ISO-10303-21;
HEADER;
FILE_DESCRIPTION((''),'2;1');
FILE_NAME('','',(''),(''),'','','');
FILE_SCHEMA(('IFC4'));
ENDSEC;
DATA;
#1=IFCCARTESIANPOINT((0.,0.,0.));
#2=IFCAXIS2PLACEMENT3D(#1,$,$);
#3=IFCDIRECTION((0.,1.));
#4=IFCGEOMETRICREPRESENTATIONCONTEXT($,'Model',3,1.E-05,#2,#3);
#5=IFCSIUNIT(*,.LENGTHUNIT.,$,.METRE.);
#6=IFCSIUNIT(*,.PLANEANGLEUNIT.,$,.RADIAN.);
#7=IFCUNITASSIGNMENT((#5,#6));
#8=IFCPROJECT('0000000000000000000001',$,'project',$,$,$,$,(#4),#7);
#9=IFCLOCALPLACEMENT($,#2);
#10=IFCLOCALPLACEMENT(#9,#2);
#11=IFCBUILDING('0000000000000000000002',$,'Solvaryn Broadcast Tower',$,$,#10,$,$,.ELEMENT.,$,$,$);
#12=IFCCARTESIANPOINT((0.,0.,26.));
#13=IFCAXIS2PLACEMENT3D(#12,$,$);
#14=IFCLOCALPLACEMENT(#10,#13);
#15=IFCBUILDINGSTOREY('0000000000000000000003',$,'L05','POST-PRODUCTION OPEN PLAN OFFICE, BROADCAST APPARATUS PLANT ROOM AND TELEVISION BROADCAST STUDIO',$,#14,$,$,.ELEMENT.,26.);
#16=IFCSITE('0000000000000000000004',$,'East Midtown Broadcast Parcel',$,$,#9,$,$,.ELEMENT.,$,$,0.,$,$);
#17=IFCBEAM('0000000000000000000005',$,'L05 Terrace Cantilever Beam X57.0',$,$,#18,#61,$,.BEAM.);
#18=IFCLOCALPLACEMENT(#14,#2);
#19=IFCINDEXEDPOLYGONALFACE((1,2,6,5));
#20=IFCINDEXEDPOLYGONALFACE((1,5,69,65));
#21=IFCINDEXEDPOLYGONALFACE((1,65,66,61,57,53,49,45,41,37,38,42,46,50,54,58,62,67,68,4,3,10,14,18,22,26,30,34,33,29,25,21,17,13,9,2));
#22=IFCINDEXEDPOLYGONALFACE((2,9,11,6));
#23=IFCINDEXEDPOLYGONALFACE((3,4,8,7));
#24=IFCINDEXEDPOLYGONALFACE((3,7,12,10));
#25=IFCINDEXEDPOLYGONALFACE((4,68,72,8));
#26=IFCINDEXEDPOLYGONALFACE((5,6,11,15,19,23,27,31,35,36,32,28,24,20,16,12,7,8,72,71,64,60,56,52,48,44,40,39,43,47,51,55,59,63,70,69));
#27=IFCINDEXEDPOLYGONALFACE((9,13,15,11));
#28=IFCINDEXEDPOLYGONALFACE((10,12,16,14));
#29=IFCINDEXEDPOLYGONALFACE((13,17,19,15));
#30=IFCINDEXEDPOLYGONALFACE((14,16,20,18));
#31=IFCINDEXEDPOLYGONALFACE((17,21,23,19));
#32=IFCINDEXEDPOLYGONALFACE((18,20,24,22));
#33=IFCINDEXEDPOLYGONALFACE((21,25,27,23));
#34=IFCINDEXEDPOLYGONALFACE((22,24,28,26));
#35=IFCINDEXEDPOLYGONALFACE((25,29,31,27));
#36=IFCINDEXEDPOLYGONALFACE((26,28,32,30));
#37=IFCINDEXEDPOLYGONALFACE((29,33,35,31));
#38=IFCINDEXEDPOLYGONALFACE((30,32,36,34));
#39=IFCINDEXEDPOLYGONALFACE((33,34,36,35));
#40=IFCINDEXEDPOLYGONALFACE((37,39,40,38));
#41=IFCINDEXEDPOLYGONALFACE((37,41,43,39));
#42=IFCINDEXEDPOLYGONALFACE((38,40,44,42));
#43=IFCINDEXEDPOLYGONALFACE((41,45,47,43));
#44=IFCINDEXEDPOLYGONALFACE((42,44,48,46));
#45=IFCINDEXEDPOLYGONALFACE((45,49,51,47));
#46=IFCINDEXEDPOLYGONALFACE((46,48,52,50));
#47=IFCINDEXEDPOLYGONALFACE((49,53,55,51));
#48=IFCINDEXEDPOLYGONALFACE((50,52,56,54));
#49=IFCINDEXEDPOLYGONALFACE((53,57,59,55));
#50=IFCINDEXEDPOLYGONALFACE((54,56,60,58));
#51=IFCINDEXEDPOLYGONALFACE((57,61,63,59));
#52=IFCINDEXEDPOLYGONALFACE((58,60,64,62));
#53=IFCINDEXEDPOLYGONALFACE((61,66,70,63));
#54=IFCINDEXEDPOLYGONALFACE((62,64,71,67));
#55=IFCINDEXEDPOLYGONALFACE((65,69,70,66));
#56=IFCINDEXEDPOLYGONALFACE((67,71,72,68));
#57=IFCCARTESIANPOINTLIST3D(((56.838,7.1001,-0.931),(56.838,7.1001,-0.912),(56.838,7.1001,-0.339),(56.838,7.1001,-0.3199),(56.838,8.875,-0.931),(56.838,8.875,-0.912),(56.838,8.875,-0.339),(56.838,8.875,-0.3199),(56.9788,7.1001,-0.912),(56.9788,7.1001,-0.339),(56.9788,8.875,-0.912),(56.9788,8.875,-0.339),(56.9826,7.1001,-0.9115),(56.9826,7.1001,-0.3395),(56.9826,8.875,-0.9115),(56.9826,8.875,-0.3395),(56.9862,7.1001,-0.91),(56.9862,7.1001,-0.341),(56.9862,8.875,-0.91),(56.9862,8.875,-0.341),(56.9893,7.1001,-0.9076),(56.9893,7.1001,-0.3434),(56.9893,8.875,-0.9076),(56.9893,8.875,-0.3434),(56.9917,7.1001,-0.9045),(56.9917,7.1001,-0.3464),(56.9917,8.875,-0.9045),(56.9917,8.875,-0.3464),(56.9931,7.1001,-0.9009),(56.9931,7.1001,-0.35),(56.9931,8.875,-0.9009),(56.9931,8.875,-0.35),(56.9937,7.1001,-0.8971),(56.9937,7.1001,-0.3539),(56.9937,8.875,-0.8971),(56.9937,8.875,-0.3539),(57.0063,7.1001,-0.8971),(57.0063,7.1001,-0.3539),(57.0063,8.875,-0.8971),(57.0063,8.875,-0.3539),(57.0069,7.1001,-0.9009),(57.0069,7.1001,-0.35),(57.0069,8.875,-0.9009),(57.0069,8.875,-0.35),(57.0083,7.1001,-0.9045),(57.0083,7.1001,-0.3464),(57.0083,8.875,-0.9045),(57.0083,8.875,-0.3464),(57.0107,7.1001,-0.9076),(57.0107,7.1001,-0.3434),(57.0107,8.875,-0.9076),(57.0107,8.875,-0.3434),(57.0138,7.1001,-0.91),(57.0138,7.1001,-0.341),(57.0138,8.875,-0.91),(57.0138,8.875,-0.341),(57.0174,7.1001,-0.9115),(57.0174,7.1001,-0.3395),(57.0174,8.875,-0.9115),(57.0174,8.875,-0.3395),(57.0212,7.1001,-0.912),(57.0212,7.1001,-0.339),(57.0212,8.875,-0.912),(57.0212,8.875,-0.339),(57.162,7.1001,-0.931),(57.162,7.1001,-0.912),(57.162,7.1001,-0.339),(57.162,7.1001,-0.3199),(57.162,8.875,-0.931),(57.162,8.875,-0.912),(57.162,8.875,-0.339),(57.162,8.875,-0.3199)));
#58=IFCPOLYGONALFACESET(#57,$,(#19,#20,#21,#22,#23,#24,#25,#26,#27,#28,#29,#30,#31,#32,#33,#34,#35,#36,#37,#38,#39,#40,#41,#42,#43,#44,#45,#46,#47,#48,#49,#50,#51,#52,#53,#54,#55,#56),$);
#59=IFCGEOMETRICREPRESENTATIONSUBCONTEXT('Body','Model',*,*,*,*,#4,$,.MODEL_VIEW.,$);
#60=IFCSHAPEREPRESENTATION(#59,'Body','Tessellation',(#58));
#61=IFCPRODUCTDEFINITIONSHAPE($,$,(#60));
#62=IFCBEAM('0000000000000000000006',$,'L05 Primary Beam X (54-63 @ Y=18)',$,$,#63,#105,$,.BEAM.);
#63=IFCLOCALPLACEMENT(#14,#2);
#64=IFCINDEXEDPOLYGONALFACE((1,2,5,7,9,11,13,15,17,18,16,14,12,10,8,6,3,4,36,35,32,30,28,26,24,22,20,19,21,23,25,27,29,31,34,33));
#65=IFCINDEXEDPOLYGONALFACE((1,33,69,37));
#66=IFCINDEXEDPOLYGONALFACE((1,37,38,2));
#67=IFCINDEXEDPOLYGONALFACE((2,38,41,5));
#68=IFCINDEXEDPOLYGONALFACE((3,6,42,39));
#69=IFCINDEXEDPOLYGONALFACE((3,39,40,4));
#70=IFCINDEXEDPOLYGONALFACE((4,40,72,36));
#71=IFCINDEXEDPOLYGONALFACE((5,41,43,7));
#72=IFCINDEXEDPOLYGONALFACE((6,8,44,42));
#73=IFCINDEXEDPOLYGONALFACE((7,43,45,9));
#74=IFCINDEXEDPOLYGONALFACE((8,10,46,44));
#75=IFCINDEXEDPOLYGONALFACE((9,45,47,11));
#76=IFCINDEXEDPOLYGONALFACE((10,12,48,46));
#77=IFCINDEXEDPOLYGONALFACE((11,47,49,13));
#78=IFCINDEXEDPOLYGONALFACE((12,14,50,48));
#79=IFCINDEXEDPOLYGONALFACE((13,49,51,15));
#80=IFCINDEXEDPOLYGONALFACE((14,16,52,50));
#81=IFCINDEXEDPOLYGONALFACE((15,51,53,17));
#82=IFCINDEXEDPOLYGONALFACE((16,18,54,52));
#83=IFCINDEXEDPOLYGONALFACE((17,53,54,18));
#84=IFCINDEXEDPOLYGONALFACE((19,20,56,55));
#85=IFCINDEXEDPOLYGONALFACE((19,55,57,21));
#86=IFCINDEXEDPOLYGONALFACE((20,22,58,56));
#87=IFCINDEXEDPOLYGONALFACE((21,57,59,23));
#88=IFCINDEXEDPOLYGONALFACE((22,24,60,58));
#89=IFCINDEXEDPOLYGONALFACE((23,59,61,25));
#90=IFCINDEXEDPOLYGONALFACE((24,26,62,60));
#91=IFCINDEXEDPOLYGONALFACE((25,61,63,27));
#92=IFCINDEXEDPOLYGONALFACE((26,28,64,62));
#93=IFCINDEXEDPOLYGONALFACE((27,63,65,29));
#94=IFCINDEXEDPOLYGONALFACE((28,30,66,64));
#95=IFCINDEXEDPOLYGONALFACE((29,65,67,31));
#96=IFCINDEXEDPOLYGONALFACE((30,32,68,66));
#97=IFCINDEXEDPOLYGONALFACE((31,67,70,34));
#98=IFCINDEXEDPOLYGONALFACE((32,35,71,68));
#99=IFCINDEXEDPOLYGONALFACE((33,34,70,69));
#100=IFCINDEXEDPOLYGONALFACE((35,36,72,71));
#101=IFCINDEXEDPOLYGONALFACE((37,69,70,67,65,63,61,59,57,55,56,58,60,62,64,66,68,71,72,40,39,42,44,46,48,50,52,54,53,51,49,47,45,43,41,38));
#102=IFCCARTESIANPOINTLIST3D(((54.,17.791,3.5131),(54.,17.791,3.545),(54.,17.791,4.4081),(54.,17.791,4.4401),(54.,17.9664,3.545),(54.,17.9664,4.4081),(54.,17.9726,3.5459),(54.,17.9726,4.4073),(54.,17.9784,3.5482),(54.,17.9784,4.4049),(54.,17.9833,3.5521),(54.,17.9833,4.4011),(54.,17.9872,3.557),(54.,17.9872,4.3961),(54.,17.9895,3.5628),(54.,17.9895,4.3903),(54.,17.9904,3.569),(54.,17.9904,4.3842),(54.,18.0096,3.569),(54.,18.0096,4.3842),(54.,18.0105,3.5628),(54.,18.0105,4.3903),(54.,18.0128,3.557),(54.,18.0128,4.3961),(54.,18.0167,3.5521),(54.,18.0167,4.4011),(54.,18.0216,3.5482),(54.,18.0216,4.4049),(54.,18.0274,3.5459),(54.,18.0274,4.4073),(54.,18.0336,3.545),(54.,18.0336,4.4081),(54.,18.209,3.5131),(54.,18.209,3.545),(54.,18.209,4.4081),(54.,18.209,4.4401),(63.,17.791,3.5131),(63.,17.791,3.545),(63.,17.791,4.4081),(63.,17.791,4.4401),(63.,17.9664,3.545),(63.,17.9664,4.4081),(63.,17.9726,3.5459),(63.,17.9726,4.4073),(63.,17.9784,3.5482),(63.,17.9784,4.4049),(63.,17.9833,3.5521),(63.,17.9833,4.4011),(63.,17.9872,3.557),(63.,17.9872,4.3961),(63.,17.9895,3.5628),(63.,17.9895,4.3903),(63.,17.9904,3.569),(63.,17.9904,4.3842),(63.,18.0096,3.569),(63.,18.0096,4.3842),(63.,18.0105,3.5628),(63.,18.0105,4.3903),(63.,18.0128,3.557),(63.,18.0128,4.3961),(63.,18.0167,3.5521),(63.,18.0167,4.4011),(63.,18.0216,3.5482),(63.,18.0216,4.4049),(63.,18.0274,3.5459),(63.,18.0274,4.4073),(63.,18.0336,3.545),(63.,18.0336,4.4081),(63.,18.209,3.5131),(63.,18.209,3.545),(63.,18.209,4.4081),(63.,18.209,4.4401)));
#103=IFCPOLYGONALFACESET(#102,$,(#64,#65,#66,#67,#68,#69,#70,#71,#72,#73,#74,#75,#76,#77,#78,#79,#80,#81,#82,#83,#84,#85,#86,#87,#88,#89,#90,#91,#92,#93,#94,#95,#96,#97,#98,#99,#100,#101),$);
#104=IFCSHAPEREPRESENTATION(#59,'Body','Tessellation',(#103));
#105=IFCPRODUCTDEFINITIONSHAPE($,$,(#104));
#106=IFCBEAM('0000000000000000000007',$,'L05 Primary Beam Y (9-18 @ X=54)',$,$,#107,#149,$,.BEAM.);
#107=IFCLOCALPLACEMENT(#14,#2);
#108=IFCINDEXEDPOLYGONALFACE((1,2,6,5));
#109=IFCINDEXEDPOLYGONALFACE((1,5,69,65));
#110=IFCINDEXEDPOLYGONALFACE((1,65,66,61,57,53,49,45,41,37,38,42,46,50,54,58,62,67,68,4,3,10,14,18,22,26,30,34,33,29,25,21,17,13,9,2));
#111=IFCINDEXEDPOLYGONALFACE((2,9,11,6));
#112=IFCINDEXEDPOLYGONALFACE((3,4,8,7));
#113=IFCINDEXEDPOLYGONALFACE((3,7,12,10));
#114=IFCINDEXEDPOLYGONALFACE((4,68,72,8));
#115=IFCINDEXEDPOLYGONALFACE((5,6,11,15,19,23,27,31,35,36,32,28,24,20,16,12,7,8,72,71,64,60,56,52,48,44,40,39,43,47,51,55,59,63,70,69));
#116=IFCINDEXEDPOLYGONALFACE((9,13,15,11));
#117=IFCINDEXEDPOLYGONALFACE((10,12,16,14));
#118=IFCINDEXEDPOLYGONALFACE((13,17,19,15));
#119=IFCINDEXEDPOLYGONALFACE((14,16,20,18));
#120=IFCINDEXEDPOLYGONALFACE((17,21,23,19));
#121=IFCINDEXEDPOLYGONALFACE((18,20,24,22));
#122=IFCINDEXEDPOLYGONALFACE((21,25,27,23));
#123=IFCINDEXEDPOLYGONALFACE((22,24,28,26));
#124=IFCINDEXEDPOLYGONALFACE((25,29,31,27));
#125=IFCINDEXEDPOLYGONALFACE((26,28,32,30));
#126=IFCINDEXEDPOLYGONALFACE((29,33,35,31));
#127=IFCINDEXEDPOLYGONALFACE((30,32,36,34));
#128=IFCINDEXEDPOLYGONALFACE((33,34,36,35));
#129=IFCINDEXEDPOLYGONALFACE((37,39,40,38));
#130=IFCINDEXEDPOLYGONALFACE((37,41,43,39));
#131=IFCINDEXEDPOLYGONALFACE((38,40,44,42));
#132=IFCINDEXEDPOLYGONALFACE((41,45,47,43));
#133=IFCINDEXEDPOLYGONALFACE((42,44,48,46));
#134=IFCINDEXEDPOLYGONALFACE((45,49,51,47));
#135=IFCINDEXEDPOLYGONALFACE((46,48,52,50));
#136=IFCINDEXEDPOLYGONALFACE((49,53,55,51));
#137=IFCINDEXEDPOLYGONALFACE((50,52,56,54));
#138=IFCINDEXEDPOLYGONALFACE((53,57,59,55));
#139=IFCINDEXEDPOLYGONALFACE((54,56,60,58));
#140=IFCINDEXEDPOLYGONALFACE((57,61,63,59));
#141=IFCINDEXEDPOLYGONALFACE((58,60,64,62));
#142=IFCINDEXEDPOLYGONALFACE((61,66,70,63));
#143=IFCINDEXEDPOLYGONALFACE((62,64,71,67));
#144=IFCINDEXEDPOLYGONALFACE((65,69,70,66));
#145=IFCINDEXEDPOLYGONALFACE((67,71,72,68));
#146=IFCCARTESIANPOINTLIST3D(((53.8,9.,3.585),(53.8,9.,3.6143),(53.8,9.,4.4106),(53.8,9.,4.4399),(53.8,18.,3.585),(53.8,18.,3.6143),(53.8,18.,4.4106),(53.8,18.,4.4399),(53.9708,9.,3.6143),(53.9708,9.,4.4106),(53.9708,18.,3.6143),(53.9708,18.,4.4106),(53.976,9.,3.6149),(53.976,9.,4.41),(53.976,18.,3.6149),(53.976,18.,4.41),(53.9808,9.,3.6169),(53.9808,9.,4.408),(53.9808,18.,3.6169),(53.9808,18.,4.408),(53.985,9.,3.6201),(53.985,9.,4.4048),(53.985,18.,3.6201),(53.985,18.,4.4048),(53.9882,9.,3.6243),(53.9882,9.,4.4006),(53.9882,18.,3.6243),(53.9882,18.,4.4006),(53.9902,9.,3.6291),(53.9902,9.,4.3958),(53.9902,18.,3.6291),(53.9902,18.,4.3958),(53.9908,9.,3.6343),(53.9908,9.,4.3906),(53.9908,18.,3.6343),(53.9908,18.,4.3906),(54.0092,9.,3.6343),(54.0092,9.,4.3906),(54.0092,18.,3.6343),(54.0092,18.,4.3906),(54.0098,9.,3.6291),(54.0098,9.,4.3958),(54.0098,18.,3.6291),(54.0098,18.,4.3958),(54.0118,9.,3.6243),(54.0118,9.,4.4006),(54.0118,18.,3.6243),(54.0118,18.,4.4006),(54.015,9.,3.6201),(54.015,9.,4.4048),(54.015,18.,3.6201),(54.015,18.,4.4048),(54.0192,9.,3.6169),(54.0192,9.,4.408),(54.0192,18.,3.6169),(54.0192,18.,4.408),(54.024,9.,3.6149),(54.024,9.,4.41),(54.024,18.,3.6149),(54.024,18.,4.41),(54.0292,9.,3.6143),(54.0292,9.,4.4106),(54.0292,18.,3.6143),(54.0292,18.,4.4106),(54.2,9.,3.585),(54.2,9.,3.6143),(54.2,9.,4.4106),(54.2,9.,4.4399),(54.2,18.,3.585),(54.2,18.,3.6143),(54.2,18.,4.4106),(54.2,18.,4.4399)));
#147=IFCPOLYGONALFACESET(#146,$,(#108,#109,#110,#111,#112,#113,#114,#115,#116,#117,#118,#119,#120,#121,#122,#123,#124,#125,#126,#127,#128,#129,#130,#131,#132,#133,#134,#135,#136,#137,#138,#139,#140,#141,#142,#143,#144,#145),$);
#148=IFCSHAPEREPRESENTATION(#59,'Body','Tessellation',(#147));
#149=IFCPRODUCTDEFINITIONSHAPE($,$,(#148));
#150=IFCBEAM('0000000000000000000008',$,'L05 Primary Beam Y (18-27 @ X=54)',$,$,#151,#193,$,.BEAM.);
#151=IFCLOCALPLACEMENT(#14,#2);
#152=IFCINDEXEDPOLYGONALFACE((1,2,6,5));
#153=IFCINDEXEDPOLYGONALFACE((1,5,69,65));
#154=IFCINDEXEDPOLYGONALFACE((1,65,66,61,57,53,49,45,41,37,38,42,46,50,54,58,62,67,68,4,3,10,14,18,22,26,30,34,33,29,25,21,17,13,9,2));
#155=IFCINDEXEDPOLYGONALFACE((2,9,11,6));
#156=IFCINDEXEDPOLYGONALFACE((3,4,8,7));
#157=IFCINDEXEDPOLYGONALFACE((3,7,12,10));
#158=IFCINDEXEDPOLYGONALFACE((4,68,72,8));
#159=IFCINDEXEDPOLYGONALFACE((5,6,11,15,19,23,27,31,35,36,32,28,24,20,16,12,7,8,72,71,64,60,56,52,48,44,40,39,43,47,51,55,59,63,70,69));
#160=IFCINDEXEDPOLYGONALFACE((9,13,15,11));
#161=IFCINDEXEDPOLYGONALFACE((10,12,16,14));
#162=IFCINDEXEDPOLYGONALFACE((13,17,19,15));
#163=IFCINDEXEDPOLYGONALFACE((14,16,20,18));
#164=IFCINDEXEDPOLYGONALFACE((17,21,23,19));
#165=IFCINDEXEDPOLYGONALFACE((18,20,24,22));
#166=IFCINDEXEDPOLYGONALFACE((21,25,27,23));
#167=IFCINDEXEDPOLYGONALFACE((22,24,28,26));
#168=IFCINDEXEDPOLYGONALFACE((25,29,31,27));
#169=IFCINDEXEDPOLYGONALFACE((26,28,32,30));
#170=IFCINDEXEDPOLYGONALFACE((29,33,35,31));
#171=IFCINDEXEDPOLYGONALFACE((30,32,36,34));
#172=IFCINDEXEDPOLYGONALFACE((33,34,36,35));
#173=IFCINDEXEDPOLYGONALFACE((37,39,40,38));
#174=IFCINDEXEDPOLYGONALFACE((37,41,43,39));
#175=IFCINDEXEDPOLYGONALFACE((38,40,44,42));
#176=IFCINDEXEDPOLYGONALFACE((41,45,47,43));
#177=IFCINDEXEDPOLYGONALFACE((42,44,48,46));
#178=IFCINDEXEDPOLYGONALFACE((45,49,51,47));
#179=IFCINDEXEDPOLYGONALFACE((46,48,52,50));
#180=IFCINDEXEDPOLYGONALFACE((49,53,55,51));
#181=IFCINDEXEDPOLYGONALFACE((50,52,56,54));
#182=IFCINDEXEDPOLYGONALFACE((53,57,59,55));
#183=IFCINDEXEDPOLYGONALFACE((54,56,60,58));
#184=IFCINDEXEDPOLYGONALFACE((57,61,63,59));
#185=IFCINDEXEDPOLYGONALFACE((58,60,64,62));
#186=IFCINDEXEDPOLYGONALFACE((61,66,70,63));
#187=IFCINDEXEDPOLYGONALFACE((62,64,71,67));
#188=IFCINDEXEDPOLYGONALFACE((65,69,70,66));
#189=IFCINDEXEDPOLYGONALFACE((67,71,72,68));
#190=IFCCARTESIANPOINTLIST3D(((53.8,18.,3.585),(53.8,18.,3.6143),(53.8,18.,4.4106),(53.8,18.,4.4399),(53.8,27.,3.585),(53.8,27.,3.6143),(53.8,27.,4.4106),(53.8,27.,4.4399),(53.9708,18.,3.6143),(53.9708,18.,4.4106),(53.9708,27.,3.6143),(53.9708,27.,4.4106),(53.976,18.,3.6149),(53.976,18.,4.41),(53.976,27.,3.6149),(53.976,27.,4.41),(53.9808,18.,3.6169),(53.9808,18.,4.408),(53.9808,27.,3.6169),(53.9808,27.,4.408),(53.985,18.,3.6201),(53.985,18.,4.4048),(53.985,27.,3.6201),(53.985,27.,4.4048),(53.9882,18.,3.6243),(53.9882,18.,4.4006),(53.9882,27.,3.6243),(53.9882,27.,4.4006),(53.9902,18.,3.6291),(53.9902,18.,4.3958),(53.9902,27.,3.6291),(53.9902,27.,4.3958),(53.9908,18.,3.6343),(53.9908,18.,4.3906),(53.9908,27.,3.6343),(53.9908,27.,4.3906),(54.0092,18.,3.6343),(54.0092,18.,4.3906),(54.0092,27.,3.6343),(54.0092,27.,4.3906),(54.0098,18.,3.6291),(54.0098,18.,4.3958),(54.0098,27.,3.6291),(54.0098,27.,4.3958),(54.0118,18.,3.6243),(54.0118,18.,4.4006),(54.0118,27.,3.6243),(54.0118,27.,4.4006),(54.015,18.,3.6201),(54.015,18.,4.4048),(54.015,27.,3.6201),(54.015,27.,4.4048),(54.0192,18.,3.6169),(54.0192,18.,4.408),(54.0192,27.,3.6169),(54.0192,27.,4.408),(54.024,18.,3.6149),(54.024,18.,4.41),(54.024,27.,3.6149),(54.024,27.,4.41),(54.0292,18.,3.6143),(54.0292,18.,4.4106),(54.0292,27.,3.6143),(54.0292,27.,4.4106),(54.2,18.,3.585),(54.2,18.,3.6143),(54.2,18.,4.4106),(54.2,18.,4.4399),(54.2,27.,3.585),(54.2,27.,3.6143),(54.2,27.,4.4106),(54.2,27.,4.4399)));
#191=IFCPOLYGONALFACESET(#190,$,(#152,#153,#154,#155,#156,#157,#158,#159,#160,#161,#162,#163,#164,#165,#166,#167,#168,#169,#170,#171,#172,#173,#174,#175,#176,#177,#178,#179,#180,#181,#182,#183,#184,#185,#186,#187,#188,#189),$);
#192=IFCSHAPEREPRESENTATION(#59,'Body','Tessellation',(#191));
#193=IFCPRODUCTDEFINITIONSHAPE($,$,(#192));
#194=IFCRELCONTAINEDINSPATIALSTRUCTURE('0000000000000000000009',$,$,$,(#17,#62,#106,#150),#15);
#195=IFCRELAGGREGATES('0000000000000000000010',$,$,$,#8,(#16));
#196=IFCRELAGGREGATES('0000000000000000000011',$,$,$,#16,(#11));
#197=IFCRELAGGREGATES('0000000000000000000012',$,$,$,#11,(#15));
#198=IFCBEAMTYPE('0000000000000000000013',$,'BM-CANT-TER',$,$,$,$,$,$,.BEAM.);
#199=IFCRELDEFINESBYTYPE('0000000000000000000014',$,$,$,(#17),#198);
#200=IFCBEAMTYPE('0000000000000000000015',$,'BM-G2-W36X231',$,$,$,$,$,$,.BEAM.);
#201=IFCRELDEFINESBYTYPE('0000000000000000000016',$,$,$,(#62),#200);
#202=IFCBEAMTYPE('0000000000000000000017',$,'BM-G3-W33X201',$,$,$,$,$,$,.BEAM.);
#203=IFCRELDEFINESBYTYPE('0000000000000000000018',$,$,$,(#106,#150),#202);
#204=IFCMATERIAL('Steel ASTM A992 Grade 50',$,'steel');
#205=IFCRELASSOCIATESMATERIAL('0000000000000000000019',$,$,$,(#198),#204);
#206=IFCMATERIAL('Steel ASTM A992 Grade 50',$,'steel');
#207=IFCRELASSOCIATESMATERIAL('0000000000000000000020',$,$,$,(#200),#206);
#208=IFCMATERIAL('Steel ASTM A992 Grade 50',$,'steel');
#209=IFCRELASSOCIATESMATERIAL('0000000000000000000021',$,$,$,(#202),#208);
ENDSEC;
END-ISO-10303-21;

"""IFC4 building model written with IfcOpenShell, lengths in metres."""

from ifc_helpers import new_model, si_unit, direction, frame, origin, origin_2d, place, context, subcontext, project, spatial, i_section, extrude, material, material_profile, profile_set, type_object, element, save


model = new_model("IFC4")

# Units and contexts
model_context = context("Model", 3, precision=1e-05, world=origin(), true_north=direction((0.0, 1.0)))
body_context = subcontext(model_context, "Body", "Model", "MODEL_VIEW")
ifc_project = project(units=[si_unit("LENGTHUNIT", "METRE"), si_unit("PLANEANGLEUNIT", "RADIAN")], contexts=[model_context])

# Site, building, storey
site_placement = place(None, origin())
site = spatial("IfcSite", under=ifc_project, at=site_placement, Name="East Midtown Broadcast Parcel", CompositionType="ELEMENT", RefElevation=0.0)
building_placement = place(site_placement, origin())
building = spatial("IfcBuilding", under=site, at=building_placement, Name="Solvaryn Broadcast Tower", CompositionType="ELEMENT")
storey_placement = place(building_placement, frame((0.0, 0.0, 26.0)))
storey = spatial("IfcBuildingStorey", under=building, at=storey_placement, Name="L05", Description="POST-PRODUCTION OPEN PLAN OFFICE, BROADCAST APPARATUS PLANT ROOM AND TELEVISION BROADCAST STUDIO", CompositionType="ELEMENT", Elevation=26.0)

# Beams
ifc_material_1 = material(Name="Steel ASTM A992 Grade 50", Category="steel")
ifc_material_profile_1 = material_profile(ifc_material_1, i_section(OverallWidth=0.324, OverallDepth=0.6111, WebThickness=0.0127, FlangeThickness=0.019, FilletRadius=0.0149, at=origin_2d()))
ifc_profile_set_1 = profile_set([ifc_material_profile_1], Name="Steel ASTM A992 Grade 50")
beam_type_1 = type_object("IfcBeamType", Name="BM-CANT-TER", PredefinedType="BEAM", material=ifc_profile_set_1)
beam_1_placement = place(storey_placement, frame((57.0, 8.875, -0.6255), z_axis=(0.0, -1.0, 0.0), x_axis=(1.0, 0.0, 0.0)))
element("IfcBeam", 1, at=beam_1_placement, inside=storey, type_object=beam_type_1, Name="L05 Terrace Cantilever Beam X57.0", PredefinedType="BEAM", context=body_context, shape_type="SweptSolid", body=[
    extrude(i_section(OverallWidth=0.324, OverallDepth=0.6111, WebThickness=0.0127, FlangeThickness=0.019, FilletRadius=0.0149, at=origin_2d()), origin(), (0.0, 0.0, 1.0), 1.7749),
])
ifc_material_2 = material(Name="Steel ASTM A992 Grade 50", Category="steel")
ifc_material_profile_2 = material_profile(ifc_material_2, i_section(OverallWidth=0.418, OverallDepth=0.927, WebThickness=0.0193, FlangeThickness=0.032, FilletRadius=0.0239, at=origin_2d()))
ifc_profile_set_2 = profile_set([ifc_material_profile_2], Name="Steel ASTM A992 Grade 50")
beam_type_2 = type_object("IfcBeamType", Name="BM-G2-W36X231", PredefinedType="BEAM", material=ifc_profile_set_2)
beam_2_placement = place(storey_placement, frame((54.0, 18.0, 3.9766), z_axis=(1.0, 0.0, 0.0), x_axis=(0.0, 1.0, 0.0)))
element("IfcBeam", 2, at=beam_2_placement, inside=storey, type_object=beam_type_2, Name="L05 Primary Beam X (54-63 @ Y=18)", PredefinedType="BEAM", context=body_context, shape_type="SweptSolid", body=[
    extrude(i_section(OverallWidth=0.418, OverallDepth=0.927, WebThickness=0.0193, FlangeThickness=0.032, FilletRadius=0.0239, at=origin_2d()), origin(), (0.0, 0.0, 1.0), 9.0),
])
ifc_material_3 = material(Name="Steel ASTM A992 Grade 50", Category="steel")
ifc_material_profile_3 = material_profile(ifc_material_3, i_section(OverallWidth=0.3999, OverallDepth=0.855, WebThickness=0.0183, FlangeThickness=0.0293, FilletRadius=0.02, at=origin_2d()))
ifc_profile_set_3 = profile_set([ifc_material_profile_3], Name="Steel ASTM A992 Grade 50")
beam_type_3 = type_object("IfcBeamType", Name="BM-G3-W33X201", PredefinedType="BEAM", material=ifc_profile_set_3)
for number, where, z_axis, x_axis, name in (
    (3, (54.0, 9.0, 4.0125), (0.0, 1.0, 0.0), (-1.0, 0.0, 0.0), "L05 Primary Beam Y (9-18 @ X=54)"),
    (4, (54.0, 18.0, 4.0125), (0.0, 1.0, 0.0), (-1.0, 0.0, 0.0), "L05 Primary Beam Y (18-27 @ X=54)"),
):
    element("IfcBeam", number, at=place(storey_placement, frame(where, z_axis=z_axis, x_axis=x_axis)), inside=storey, type_object=beam_type_3, Name=name, PredefinedType="BEAM", context=body_context, shape_type="SweptSolid", body=[
        extrude(i_section(OverallWidth=0.3999, OverallDepth=0.855, WebThickness=0.0183, FlangeThickness=0.0293, FilletRadius=0.02, at=origin_2d()), origin(), (0.0, 0.0, 1.0), 9.0),
    ])

save(model, "model.ifc")
